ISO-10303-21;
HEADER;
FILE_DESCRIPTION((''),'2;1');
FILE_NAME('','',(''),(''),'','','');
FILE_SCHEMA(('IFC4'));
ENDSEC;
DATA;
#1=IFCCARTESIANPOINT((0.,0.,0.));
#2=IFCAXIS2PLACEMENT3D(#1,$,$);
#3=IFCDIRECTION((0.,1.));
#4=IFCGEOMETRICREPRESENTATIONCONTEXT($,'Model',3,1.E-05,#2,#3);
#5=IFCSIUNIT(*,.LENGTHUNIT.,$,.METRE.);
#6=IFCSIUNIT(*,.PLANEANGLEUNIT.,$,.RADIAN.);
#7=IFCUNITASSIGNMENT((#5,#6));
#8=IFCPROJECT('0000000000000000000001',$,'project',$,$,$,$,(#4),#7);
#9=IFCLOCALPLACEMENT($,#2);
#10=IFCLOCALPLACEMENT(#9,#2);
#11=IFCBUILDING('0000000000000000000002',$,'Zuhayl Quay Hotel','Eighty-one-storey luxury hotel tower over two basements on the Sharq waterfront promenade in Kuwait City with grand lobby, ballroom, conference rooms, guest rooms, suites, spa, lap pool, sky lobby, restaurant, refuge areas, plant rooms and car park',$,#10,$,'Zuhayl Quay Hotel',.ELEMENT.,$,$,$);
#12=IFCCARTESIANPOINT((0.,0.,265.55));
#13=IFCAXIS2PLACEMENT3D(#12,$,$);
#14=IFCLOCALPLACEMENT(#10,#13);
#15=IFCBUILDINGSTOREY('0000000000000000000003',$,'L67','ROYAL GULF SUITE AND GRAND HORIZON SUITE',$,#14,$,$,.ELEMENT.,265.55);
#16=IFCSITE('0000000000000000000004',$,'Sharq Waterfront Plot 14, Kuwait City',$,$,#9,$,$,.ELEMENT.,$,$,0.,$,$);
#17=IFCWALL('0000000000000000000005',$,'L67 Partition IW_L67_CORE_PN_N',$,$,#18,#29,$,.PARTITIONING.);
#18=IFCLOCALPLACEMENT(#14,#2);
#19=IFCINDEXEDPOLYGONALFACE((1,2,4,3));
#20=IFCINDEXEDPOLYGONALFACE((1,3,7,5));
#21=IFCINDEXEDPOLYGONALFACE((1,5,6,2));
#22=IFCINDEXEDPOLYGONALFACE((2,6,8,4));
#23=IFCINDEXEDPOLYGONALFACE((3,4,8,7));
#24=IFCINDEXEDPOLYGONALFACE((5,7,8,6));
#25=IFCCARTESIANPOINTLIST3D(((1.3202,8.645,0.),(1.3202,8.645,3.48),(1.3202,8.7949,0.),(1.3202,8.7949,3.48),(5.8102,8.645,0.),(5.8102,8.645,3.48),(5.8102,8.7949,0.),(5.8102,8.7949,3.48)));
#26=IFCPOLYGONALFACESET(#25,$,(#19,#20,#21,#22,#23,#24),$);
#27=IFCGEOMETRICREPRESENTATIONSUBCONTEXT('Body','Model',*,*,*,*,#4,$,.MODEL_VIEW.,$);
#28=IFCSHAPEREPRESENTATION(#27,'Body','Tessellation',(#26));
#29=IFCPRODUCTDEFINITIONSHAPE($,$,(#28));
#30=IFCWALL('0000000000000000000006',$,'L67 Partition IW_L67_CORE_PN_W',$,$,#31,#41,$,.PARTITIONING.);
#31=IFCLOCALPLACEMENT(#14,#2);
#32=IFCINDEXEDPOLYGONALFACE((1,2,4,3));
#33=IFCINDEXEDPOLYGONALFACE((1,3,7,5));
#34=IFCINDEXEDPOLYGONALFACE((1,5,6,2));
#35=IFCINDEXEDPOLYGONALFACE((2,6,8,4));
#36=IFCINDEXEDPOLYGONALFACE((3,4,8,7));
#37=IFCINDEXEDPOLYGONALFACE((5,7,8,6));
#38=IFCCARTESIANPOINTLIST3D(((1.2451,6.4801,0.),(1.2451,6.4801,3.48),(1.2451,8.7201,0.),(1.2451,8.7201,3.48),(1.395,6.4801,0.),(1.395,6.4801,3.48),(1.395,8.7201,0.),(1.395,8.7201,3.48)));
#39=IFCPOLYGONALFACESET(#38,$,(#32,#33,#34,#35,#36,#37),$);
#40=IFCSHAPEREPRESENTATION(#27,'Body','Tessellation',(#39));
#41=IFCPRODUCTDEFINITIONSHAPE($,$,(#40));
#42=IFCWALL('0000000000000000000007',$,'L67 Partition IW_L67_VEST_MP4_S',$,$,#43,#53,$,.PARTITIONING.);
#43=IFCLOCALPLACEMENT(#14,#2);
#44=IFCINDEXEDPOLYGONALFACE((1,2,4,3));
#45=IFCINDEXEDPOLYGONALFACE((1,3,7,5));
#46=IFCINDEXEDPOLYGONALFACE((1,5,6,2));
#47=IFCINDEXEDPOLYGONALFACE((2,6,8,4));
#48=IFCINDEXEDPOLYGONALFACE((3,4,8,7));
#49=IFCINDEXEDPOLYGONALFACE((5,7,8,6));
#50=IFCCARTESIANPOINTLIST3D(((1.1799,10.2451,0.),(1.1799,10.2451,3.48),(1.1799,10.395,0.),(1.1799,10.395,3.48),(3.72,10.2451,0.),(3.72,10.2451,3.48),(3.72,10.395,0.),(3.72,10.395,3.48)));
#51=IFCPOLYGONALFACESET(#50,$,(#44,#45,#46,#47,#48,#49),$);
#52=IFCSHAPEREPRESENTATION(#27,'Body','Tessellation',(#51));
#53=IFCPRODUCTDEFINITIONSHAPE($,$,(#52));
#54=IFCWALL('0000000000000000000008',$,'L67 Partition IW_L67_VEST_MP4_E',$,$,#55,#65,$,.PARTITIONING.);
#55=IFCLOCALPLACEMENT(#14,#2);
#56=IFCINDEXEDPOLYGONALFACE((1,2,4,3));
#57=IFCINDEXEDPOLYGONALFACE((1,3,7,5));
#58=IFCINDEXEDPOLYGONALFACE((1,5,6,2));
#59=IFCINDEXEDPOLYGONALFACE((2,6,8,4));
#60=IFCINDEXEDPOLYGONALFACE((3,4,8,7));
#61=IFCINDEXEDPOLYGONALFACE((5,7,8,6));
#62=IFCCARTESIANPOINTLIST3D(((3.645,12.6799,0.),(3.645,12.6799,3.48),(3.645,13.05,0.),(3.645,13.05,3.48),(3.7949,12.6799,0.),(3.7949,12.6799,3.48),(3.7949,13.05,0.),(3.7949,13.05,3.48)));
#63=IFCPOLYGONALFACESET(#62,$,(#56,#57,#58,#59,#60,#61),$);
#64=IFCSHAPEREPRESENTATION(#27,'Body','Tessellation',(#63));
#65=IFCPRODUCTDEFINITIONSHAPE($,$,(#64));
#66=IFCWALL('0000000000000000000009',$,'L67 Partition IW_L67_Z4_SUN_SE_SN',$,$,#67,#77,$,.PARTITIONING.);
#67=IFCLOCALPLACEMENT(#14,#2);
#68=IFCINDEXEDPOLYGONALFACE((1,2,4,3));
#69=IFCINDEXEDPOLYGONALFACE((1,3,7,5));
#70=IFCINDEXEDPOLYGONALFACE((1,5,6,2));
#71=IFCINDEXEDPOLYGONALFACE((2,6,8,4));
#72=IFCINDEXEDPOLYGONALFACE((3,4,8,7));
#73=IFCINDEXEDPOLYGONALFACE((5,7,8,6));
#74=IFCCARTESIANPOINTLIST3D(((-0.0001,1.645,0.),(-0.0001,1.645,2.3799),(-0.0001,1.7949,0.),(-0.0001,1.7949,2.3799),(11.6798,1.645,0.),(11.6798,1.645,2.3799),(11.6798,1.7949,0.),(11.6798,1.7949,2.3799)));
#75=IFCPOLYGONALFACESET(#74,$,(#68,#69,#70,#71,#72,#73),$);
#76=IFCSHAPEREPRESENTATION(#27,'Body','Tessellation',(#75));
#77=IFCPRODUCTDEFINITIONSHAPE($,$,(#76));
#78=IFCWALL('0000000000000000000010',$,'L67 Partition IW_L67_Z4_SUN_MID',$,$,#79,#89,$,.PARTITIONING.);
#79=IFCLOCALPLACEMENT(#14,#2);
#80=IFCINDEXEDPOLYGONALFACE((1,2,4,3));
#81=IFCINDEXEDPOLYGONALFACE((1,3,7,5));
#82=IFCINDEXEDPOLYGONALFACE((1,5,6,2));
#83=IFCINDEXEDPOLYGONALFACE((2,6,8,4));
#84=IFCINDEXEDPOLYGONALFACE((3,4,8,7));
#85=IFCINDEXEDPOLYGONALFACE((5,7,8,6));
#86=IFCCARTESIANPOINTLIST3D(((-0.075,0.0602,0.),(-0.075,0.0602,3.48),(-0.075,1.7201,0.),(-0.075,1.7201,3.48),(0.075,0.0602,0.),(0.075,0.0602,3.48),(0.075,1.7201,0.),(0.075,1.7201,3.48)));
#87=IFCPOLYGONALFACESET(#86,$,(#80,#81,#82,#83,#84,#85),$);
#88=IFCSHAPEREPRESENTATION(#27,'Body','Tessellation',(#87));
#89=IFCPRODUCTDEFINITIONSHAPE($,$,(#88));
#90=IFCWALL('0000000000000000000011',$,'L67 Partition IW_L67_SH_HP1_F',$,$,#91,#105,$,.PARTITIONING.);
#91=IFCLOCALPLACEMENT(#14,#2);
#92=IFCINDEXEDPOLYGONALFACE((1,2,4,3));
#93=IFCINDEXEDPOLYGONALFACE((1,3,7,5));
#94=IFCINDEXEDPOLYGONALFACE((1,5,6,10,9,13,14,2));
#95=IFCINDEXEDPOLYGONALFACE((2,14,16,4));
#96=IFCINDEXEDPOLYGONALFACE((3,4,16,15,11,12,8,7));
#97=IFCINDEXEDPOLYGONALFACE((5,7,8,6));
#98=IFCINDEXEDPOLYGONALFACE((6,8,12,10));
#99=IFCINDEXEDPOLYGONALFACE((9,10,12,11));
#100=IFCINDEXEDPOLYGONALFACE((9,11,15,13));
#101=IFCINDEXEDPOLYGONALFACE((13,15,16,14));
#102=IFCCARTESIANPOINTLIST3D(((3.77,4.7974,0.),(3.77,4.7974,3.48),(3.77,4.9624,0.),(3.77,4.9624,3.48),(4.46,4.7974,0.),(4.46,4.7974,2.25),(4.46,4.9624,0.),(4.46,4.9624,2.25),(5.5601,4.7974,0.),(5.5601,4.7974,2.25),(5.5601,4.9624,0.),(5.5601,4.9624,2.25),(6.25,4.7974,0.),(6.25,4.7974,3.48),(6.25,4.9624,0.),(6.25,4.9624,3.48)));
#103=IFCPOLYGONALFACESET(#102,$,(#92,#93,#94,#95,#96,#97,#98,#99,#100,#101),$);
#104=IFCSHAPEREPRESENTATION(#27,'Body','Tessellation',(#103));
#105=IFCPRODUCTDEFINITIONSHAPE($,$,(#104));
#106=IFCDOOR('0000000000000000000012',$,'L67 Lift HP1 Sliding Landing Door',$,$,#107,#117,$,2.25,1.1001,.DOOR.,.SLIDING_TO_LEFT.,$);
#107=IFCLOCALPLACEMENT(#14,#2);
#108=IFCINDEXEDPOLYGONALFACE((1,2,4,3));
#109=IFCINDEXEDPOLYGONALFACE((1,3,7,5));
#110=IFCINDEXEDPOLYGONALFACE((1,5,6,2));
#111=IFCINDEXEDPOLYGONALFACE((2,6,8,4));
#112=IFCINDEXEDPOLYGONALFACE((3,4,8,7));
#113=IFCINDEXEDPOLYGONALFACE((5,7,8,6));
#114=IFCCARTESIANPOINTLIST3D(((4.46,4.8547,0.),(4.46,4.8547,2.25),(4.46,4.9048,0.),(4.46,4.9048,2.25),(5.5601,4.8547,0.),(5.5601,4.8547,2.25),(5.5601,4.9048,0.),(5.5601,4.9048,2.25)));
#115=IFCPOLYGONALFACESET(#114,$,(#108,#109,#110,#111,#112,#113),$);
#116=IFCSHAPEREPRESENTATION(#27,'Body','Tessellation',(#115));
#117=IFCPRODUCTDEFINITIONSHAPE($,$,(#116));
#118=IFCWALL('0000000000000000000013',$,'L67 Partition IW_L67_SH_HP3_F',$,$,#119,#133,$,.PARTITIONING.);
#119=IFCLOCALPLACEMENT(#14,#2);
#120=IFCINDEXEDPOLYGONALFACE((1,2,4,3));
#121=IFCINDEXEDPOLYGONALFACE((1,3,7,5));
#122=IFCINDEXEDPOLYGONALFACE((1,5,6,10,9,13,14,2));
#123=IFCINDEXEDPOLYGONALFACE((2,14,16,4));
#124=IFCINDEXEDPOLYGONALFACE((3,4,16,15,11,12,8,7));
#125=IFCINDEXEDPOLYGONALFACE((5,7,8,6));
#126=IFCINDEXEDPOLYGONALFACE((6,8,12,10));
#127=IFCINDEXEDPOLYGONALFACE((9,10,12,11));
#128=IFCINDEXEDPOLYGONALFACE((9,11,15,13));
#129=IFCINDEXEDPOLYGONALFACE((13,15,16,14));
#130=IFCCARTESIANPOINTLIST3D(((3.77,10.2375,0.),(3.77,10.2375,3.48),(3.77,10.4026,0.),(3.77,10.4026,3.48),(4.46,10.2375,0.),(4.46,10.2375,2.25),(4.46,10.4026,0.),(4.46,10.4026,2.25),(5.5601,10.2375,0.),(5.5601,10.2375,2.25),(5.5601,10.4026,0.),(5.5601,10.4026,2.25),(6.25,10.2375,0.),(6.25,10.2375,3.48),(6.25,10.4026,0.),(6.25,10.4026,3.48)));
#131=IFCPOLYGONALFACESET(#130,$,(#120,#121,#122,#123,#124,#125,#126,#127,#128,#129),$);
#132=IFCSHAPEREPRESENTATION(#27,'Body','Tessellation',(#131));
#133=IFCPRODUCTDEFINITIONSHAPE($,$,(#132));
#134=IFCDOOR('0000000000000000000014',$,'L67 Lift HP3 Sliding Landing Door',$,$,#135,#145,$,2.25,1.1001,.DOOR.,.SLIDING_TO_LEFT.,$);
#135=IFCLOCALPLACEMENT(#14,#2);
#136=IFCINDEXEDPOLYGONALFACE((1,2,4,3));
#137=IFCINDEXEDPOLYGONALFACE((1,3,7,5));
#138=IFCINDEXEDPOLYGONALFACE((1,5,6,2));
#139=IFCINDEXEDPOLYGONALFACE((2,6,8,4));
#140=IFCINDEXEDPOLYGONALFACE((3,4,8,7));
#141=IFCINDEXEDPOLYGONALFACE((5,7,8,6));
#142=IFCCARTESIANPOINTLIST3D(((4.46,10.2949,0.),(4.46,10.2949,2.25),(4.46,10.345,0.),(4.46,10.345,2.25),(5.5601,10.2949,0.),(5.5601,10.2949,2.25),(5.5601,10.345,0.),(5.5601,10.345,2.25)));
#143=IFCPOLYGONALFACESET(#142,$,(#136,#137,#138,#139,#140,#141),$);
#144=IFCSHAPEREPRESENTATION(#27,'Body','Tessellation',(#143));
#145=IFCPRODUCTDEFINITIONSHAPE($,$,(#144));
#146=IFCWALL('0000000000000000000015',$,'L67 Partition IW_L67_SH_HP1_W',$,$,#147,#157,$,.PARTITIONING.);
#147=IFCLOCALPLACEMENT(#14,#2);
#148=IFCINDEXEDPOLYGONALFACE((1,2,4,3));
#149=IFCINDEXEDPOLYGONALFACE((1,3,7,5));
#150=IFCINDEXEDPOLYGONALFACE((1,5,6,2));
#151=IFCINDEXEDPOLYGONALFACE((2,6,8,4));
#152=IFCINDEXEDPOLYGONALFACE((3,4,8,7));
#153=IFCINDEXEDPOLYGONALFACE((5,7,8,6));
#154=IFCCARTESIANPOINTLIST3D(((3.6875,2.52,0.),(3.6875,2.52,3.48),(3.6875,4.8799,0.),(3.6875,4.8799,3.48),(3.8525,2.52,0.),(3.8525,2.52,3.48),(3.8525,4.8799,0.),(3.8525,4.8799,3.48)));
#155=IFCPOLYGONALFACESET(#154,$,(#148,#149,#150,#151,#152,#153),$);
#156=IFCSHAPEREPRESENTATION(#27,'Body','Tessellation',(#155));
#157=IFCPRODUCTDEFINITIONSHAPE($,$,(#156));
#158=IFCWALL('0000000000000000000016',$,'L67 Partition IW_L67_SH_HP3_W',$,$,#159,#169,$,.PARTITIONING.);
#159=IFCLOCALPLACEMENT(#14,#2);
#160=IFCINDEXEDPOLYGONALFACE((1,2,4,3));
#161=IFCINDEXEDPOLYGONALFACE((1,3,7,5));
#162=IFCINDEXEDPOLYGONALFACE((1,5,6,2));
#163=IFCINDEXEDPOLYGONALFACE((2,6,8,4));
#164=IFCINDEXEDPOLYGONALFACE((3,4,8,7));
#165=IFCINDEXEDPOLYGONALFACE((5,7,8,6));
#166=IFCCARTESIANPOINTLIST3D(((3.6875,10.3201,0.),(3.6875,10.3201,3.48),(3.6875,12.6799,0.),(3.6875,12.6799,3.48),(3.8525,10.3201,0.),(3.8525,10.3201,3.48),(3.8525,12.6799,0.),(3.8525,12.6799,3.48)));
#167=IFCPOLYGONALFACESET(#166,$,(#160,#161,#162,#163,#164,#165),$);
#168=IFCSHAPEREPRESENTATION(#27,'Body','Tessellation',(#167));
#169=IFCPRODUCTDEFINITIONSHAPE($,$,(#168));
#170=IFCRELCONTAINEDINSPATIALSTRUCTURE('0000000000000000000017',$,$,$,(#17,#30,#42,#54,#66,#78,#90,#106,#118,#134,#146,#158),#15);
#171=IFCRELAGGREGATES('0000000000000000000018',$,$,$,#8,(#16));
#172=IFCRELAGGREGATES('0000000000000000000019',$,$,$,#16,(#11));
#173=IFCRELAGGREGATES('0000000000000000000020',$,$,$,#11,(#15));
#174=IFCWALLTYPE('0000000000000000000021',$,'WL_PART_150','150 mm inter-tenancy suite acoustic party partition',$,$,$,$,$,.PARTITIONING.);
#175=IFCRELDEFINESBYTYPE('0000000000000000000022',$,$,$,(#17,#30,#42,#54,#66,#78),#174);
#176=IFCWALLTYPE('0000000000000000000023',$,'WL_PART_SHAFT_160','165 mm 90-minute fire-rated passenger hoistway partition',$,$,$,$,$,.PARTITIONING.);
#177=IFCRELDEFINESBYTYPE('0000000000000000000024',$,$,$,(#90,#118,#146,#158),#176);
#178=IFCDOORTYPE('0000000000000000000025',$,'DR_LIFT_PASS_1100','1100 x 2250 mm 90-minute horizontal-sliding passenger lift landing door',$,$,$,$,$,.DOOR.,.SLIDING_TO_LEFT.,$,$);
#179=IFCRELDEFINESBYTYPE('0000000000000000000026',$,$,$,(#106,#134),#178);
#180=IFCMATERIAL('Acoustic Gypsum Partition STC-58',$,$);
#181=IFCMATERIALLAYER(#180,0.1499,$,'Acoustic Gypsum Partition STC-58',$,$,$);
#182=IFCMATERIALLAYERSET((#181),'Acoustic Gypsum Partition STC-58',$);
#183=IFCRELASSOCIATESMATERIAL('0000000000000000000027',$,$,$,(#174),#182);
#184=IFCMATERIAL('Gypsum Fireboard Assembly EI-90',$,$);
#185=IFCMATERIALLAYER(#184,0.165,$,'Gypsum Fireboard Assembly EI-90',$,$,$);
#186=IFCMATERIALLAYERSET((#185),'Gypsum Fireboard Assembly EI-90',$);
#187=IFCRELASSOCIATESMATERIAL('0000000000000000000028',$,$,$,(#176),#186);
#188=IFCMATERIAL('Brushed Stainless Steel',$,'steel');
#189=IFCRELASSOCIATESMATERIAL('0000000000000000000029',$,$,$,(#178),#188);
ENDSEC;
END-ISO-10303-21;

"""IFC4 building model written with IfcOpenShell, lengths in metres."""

from ifc_helpers import new_model, si_unit, direction, frame, frame_2d, origin, place, context, subcontext, project, spatial, rectangle, extrude, material, layer, layer_set, type_object, element, fill, save


model = new_model("IFC4")

# Units and contexts
model_context = context("Model", 3, precision=1e-05, world=origin(), true_north=direction((0.0, 1.0)))
body_context = subcontext(model_context, "Body", "Model", "MODEL_VIEW")
ifc_project = project(units=[si_unit("LENGTHUNIT", "METRE"), si_unit("PLANEANGLEUNIT", "RADIAN")], contexts=[model_context])

# Site, building, storey
site_placement = place(None, origin())
site = spatial("IfcSite", under=ifc_project, at=site_placement, Name="Sharq Waterfront Plot 14, Kuwait City", CompositionType="ELEMENT", RefElevation=0.0)
building_placement = place(site_placement, origin())
building = spatial("IfcBuilding", under=site, at=building_placement, Name="Zuhayl Quay Hotel", Description="Eighty-one-storey luxury hotel tower over two basements on the Sharq waterfront promenade in Kuwait City with grand lobby, ballroom, conference rooms, guest rooms, suites, spa, lap pool, sky lobby, restaurant, refuge areas, plant rooms and car park", LongName="Zuhayl Quay Hotel", CompositionType="ELEMENT")
storey_placement = place(building_placement, frame((0.0, 0.0, 265.55)))
storey = spatial("IfcBuildingStorey", under=building, at=storey_placement, Name="L67", Description="ROYAL GULF SUITE AND GRAND HORIZON SUITE", CompositionType="ELEMENT", Elevation=265.55)

# Shared definitions
ifc_material_1 = material(Name="Acoustic Gypsum Partition STC-58")
ifc_layer_1 = layer(ifc_material_1, 0.1499, Name="Acoustic Gypsum Partition STC-58")
ifc_layer_set_1 = layer_set([ifc_layer_1], Name="Acoustic Gypsum Partition STC-58")
wall_type_1 = type_object("IfcWallType", Name="WL_PART_150", Description="150 mm inter-tenancy suite acoustic party partition", PredefinedType="PARTITIONING", material=ifc_layer_set_1)

# Walls
wall_1_placement = place(storey_placement, frame((1.3201, 8.72, 0.0), z_axis=(0.0, 0.0, 1.0), x_axis=(1.0, 0.0, 0.0)))
element("IfcWall", 1, at=wall_1_placement, inside=storey, type_object=wall_type_1, Name="L67 Partition IW_L67_CORE_PN_N", PredefinedType="PARTITIONING", context=body_context, shape_type="SweptSolid", body=[
    extrude(rectangle(XDim=4.49, YDim=0.1499, at=frame_2d((2.2451, 0.0))), origin(), (0.0, 0.0, 1.0), 3.48),
])
wall_2_placement = place(storey_placement, frame((1.3201, 6.48, 0.0), z_axis=(0.0, 0.0, 1.0), x_axis=(0.0, 1.0, 0.0)))
element("IfcWall", 2, at=wall_2_placement, inside=storey, type_object=wall_type_1, Name="L67 Partition IW_L67_CORE_PN_W", PredefinedType="PARTITIONING", context=body_context, shape_type="SweptSolid", body=[
    extrude(rectangle(XDim=2.24, YDim=0.1499, at=frame_2d((1.1201, 0.0))), origin(), (0.0, 0.0, 1.0), 3.48),
])
wall_3_placement = place(storey_placement, frame((1.1799, 10.3201, 0.0), z_axis=(0.0, 0.0, 1.0), x_axis=(1.0, 0.0, 0.0)))
element("IfcWall", 3, at=wall_3_placement, inside=storey, type_object=wall_type_1, Name="L67 Partition IW_L67_VEST_MP4_S", PredefinedType="PARTITIONING", context=body_context, shape_type="SweptSolid", body=[
    extrude(rectangle(XDim=2.54, YDim=0.1499, at=frame_2d((1.27, 0.0))), origin(), (0.0, 0.0, 1.0), 3.48),
])
wall_4_placement = place(storey_placement, frame((3.72, 12.6799, 0.0), z_axis=(0.0, 0.0, 1.0), x_axis=(0.0, 1.0, 0.0)))
element("IfcWall", 4, at=wall_4_placement, inside=storey, type_object=wall_type_1, Name="L67 Partition IW_L67_VEST_MP4_E", PredefinedType="PARTITIONING", context=body_context, shape_type="SweptSolid", body=[
    extrude(rectangle(XDim=0.3701, YDim=0.1499, at=frame_2d((0.1851, 0.0))), origin(), (0.0, 0.0, 1.0), 3.48),
])
wall_5_placement = place(storey_placement, frame((0.0, 1.72, 0.0), z_axis=(0.0, 0.0, 1.0), x_axis=(1.0, 0.0, 0.0)))
element("IfcWall", 5, at=wall_5_placement, inside=storey, type_object=wall_type_1, Name="L67 Partition IW_L67_Z4_SUN_SE_SN", PredefinedType="PARTITIONING", context=body_context, shape_type="SweptSolid", body=[
    extrude(rectangle(XDim=11.6799, YDim=0.1499, at=frame_2d((5.8398, 0.0))), origin(), (0.0, 0.0, 1.0), 2.3799),
])
wall_6_placement = place(storey_placement, frame((0.0, 0.0601, 0.0), z_axis=(0.0, 0.0, 1.0), x_axis=(0.0, 1.0, 0.0)))
element("IfcWall", 6, at=wall_6_placement, inside=storey, type_object=wall_type_1, Name="L67 Partition IW_L67_Z4_SUN_MID", PredefinedType="PARTITIONING", context=body_context, shape_type="SweptSolid", body=[
    extrude(rectangle(XDim=1.6599, YDim=0.1499, at=frame_2d((0.8301, 0.0))), origin(), (0.0, 0.0, 1.0), 3.48),
])

# Walls, openings, doors
ifc_material_2 = material(Name="Gypsum Fireboard Assembly EI-90")
ifc_layer_2 = layer(ifc_material_2, 0.165, Name="Gypsum Fireboard Assembly EI-90")
ifc_layer_set_2 = layer_set([ifc_layer_2], Name="Gypsum Fireboard Assembly EI-90")
wall_type_2 = type_object("IfcWallType", Name="WL_PART_SHAFT_160", Description="165 mm 90-minute fire-rated passenger hoistway partition", PredefinedType="PARTITIONING", material=ifc_layer_set_2)
wall_7_placement = place(storey_placement, frame((3.77, 4.8799, 0.0), z_axis=(0.0, 0.0, 1.0), x_axis=(1.0, 0.0, 0.0)))
wall_7 = element("IfcWall", 7, at=wall_7_placement, inside=storey, type_object=wall_type_2, Name="L67 Partition IW_L67_SH_HP1_F", PredefinedType="PARTITIONING", context=body_context, shape_type="SweptSolid", body=[
    extrude(rectangle(XDim=2.48, YDim=0.165, at=frame_2d((1.24, 0.0))), origin(), (0.0, 0.0, 1.0), 3.48),
])
opening_1_placement = place(wall_7_placement, frame((0.6899, 0.0, 0.0)))
opening_1 = element("IfcOpeningElement", 8, at=opening_1_placement, cuts=wall_7, PredefinedType="OPENING", context=body_context, shape_type="SweptSolid", body=[
    extrude(rectangle(XDim=1.1001, YDim=2.25, at=frame_2d((0.55, 1.125))), frame((0.0, 0.0925, 0.0), z_axis=(0.0, -1.0, 0.0), x_axis=(1.0, 0.0, 0.0)), (0.0, 0.0, 1.0), 0.1851),
])
ifc_material_3 = material(Name="Brushed Stainless Steel", Category="steel")
door_type_1 = type_object("IfcDoorType", Name="DR_LIFT_PASS_1100", Description="1100 x 2250 mm 90-minute horizontal-sliding passenger lift landing door", OperationType="SLIDING_TO_LEFT", PredefinedType="DOOR", material=ifc_material_3)
door_1_placement = place(opening_1_placement, origin())
door_1 = element("IfcDoor", 9, at=door_1_placement, inside=storey, type_object=door_type_1, Name="L67 Lift HP1 Sliding Landing Door", OperationType="SLIDING_TO_LEFT", OverallHeight=2.25, OverallWidth=1.1001, PredefinedType="DOOR", context=body_context, shape_type="SweptSolid", body=[
    extrude(rectangle(XDim=1.1001, YDim=2.25, at=frame_2d((0.55, 1.125))), frame((0.0, 0.0249, 0.0), z_axis=(0.0, -1.0, 0.0), x_axis=(1.0, 0.0, 0.0)), (0.0, 0.0, 1.0), 0.05),
])
fill(opening_1, door_1)
wall_8_placement = place(storey_placement, frame((3.77, 10.3201, 0.0), z_axis=(0.0, 0.0, 1.0), x_axis=(1.0, 0.0, 0.0)))
wall_8 = element("IfcWall", 10, at=wall_8_placement, inside=storey, type_object=wall_type_2, Name="L67 Partition IW_L67_SH_HP3_F", PredefinedType="PARTITIONING", context=body_context, shape_type="SweptSolid", body=[
    extrude(rectangle(XDim=2.48, YDim=0.165, at=frame_2d((1.24, 0.0))), origin(), (0.0, 0.0, 1.0), 3.48),
])
opening_2_placement = place(wall_8_placement, frame((0.6899, 0.0, 0.0)))
opening_2 = element("IfcOpeningElement", 11, at=opening_2_placement, cuts=wall_8, PredefinedType="OPENING", context=body_context, shape_type="SweptSolid", body=[
    extrude(rectangle(XDim=1.1001, YDim=2.25, at=frame_2d((0.55, 1.125))), frame((0.0, 0.0925, 0.0), z_axis=(0.0, -1.0, 0.0), x_axis=(1.0, 0.0, 0.0)), (0.0, 0.0, 1.0), 0.1851),
])
door_2_placement = place(opening_2_placement, origin())
door_2 = element("IfcDoor", 12, at=door_2_placement, inside=storey, type_object=door_type_1, Name="L67 Lift HP3 Sliding Landing Door", OperationType="SLIDING_TO_LEFT", OverallHeight=2.25, OverallWidth=1.1001, PredefinedType="DOOR", context=body_context, shape_type="SweptSolid", body=[
    extrude(rectangle(XDim=1.1001, YDim=2.25, at=frame_2d((0.55, 1.125))), frame((0.0, 0.0249, 0.0), z_axis=(0.0, -1.0, 0.0), x_axis=(1.0, 0.0, 0.0)), (0.0, 0.0, 1.0), 0.05),
])
fill(opening_2, door_2)

# Walls
for number, where, z_axis, x_axis, name in (
    (13, (3.77, 2.52, 0.0), (0.0, 0.0, 1.0), (0.0, 1.0, 0.0), "L67 Partition IW_L67_SH_HP1_W"),
    (14, (3.77, 10.3201, 0.0), (0.0, 0.0, 1.0), (0.0, 1.0, 0.0), "L67 Partition IW_L67_SH_HP3_W"),
):
    element("IfcWall", number, at=place(storey_placement, frame(where, z_axis=z_axis, x_axis=x_axis)), inside=storey, type_object=wall_type_2, Name=name, PredefinedType="PARTITIONING", context=body_context, shape_type="SweptSolid", body=[
        extrude(rectangle(XDim=2.3599, YDim=0.165, at=frame_2d((1.1799, 0.0))), origin(), (0.0, 0.0, 1.0), 3.48),
    ])

save(model, "model.ifc")
